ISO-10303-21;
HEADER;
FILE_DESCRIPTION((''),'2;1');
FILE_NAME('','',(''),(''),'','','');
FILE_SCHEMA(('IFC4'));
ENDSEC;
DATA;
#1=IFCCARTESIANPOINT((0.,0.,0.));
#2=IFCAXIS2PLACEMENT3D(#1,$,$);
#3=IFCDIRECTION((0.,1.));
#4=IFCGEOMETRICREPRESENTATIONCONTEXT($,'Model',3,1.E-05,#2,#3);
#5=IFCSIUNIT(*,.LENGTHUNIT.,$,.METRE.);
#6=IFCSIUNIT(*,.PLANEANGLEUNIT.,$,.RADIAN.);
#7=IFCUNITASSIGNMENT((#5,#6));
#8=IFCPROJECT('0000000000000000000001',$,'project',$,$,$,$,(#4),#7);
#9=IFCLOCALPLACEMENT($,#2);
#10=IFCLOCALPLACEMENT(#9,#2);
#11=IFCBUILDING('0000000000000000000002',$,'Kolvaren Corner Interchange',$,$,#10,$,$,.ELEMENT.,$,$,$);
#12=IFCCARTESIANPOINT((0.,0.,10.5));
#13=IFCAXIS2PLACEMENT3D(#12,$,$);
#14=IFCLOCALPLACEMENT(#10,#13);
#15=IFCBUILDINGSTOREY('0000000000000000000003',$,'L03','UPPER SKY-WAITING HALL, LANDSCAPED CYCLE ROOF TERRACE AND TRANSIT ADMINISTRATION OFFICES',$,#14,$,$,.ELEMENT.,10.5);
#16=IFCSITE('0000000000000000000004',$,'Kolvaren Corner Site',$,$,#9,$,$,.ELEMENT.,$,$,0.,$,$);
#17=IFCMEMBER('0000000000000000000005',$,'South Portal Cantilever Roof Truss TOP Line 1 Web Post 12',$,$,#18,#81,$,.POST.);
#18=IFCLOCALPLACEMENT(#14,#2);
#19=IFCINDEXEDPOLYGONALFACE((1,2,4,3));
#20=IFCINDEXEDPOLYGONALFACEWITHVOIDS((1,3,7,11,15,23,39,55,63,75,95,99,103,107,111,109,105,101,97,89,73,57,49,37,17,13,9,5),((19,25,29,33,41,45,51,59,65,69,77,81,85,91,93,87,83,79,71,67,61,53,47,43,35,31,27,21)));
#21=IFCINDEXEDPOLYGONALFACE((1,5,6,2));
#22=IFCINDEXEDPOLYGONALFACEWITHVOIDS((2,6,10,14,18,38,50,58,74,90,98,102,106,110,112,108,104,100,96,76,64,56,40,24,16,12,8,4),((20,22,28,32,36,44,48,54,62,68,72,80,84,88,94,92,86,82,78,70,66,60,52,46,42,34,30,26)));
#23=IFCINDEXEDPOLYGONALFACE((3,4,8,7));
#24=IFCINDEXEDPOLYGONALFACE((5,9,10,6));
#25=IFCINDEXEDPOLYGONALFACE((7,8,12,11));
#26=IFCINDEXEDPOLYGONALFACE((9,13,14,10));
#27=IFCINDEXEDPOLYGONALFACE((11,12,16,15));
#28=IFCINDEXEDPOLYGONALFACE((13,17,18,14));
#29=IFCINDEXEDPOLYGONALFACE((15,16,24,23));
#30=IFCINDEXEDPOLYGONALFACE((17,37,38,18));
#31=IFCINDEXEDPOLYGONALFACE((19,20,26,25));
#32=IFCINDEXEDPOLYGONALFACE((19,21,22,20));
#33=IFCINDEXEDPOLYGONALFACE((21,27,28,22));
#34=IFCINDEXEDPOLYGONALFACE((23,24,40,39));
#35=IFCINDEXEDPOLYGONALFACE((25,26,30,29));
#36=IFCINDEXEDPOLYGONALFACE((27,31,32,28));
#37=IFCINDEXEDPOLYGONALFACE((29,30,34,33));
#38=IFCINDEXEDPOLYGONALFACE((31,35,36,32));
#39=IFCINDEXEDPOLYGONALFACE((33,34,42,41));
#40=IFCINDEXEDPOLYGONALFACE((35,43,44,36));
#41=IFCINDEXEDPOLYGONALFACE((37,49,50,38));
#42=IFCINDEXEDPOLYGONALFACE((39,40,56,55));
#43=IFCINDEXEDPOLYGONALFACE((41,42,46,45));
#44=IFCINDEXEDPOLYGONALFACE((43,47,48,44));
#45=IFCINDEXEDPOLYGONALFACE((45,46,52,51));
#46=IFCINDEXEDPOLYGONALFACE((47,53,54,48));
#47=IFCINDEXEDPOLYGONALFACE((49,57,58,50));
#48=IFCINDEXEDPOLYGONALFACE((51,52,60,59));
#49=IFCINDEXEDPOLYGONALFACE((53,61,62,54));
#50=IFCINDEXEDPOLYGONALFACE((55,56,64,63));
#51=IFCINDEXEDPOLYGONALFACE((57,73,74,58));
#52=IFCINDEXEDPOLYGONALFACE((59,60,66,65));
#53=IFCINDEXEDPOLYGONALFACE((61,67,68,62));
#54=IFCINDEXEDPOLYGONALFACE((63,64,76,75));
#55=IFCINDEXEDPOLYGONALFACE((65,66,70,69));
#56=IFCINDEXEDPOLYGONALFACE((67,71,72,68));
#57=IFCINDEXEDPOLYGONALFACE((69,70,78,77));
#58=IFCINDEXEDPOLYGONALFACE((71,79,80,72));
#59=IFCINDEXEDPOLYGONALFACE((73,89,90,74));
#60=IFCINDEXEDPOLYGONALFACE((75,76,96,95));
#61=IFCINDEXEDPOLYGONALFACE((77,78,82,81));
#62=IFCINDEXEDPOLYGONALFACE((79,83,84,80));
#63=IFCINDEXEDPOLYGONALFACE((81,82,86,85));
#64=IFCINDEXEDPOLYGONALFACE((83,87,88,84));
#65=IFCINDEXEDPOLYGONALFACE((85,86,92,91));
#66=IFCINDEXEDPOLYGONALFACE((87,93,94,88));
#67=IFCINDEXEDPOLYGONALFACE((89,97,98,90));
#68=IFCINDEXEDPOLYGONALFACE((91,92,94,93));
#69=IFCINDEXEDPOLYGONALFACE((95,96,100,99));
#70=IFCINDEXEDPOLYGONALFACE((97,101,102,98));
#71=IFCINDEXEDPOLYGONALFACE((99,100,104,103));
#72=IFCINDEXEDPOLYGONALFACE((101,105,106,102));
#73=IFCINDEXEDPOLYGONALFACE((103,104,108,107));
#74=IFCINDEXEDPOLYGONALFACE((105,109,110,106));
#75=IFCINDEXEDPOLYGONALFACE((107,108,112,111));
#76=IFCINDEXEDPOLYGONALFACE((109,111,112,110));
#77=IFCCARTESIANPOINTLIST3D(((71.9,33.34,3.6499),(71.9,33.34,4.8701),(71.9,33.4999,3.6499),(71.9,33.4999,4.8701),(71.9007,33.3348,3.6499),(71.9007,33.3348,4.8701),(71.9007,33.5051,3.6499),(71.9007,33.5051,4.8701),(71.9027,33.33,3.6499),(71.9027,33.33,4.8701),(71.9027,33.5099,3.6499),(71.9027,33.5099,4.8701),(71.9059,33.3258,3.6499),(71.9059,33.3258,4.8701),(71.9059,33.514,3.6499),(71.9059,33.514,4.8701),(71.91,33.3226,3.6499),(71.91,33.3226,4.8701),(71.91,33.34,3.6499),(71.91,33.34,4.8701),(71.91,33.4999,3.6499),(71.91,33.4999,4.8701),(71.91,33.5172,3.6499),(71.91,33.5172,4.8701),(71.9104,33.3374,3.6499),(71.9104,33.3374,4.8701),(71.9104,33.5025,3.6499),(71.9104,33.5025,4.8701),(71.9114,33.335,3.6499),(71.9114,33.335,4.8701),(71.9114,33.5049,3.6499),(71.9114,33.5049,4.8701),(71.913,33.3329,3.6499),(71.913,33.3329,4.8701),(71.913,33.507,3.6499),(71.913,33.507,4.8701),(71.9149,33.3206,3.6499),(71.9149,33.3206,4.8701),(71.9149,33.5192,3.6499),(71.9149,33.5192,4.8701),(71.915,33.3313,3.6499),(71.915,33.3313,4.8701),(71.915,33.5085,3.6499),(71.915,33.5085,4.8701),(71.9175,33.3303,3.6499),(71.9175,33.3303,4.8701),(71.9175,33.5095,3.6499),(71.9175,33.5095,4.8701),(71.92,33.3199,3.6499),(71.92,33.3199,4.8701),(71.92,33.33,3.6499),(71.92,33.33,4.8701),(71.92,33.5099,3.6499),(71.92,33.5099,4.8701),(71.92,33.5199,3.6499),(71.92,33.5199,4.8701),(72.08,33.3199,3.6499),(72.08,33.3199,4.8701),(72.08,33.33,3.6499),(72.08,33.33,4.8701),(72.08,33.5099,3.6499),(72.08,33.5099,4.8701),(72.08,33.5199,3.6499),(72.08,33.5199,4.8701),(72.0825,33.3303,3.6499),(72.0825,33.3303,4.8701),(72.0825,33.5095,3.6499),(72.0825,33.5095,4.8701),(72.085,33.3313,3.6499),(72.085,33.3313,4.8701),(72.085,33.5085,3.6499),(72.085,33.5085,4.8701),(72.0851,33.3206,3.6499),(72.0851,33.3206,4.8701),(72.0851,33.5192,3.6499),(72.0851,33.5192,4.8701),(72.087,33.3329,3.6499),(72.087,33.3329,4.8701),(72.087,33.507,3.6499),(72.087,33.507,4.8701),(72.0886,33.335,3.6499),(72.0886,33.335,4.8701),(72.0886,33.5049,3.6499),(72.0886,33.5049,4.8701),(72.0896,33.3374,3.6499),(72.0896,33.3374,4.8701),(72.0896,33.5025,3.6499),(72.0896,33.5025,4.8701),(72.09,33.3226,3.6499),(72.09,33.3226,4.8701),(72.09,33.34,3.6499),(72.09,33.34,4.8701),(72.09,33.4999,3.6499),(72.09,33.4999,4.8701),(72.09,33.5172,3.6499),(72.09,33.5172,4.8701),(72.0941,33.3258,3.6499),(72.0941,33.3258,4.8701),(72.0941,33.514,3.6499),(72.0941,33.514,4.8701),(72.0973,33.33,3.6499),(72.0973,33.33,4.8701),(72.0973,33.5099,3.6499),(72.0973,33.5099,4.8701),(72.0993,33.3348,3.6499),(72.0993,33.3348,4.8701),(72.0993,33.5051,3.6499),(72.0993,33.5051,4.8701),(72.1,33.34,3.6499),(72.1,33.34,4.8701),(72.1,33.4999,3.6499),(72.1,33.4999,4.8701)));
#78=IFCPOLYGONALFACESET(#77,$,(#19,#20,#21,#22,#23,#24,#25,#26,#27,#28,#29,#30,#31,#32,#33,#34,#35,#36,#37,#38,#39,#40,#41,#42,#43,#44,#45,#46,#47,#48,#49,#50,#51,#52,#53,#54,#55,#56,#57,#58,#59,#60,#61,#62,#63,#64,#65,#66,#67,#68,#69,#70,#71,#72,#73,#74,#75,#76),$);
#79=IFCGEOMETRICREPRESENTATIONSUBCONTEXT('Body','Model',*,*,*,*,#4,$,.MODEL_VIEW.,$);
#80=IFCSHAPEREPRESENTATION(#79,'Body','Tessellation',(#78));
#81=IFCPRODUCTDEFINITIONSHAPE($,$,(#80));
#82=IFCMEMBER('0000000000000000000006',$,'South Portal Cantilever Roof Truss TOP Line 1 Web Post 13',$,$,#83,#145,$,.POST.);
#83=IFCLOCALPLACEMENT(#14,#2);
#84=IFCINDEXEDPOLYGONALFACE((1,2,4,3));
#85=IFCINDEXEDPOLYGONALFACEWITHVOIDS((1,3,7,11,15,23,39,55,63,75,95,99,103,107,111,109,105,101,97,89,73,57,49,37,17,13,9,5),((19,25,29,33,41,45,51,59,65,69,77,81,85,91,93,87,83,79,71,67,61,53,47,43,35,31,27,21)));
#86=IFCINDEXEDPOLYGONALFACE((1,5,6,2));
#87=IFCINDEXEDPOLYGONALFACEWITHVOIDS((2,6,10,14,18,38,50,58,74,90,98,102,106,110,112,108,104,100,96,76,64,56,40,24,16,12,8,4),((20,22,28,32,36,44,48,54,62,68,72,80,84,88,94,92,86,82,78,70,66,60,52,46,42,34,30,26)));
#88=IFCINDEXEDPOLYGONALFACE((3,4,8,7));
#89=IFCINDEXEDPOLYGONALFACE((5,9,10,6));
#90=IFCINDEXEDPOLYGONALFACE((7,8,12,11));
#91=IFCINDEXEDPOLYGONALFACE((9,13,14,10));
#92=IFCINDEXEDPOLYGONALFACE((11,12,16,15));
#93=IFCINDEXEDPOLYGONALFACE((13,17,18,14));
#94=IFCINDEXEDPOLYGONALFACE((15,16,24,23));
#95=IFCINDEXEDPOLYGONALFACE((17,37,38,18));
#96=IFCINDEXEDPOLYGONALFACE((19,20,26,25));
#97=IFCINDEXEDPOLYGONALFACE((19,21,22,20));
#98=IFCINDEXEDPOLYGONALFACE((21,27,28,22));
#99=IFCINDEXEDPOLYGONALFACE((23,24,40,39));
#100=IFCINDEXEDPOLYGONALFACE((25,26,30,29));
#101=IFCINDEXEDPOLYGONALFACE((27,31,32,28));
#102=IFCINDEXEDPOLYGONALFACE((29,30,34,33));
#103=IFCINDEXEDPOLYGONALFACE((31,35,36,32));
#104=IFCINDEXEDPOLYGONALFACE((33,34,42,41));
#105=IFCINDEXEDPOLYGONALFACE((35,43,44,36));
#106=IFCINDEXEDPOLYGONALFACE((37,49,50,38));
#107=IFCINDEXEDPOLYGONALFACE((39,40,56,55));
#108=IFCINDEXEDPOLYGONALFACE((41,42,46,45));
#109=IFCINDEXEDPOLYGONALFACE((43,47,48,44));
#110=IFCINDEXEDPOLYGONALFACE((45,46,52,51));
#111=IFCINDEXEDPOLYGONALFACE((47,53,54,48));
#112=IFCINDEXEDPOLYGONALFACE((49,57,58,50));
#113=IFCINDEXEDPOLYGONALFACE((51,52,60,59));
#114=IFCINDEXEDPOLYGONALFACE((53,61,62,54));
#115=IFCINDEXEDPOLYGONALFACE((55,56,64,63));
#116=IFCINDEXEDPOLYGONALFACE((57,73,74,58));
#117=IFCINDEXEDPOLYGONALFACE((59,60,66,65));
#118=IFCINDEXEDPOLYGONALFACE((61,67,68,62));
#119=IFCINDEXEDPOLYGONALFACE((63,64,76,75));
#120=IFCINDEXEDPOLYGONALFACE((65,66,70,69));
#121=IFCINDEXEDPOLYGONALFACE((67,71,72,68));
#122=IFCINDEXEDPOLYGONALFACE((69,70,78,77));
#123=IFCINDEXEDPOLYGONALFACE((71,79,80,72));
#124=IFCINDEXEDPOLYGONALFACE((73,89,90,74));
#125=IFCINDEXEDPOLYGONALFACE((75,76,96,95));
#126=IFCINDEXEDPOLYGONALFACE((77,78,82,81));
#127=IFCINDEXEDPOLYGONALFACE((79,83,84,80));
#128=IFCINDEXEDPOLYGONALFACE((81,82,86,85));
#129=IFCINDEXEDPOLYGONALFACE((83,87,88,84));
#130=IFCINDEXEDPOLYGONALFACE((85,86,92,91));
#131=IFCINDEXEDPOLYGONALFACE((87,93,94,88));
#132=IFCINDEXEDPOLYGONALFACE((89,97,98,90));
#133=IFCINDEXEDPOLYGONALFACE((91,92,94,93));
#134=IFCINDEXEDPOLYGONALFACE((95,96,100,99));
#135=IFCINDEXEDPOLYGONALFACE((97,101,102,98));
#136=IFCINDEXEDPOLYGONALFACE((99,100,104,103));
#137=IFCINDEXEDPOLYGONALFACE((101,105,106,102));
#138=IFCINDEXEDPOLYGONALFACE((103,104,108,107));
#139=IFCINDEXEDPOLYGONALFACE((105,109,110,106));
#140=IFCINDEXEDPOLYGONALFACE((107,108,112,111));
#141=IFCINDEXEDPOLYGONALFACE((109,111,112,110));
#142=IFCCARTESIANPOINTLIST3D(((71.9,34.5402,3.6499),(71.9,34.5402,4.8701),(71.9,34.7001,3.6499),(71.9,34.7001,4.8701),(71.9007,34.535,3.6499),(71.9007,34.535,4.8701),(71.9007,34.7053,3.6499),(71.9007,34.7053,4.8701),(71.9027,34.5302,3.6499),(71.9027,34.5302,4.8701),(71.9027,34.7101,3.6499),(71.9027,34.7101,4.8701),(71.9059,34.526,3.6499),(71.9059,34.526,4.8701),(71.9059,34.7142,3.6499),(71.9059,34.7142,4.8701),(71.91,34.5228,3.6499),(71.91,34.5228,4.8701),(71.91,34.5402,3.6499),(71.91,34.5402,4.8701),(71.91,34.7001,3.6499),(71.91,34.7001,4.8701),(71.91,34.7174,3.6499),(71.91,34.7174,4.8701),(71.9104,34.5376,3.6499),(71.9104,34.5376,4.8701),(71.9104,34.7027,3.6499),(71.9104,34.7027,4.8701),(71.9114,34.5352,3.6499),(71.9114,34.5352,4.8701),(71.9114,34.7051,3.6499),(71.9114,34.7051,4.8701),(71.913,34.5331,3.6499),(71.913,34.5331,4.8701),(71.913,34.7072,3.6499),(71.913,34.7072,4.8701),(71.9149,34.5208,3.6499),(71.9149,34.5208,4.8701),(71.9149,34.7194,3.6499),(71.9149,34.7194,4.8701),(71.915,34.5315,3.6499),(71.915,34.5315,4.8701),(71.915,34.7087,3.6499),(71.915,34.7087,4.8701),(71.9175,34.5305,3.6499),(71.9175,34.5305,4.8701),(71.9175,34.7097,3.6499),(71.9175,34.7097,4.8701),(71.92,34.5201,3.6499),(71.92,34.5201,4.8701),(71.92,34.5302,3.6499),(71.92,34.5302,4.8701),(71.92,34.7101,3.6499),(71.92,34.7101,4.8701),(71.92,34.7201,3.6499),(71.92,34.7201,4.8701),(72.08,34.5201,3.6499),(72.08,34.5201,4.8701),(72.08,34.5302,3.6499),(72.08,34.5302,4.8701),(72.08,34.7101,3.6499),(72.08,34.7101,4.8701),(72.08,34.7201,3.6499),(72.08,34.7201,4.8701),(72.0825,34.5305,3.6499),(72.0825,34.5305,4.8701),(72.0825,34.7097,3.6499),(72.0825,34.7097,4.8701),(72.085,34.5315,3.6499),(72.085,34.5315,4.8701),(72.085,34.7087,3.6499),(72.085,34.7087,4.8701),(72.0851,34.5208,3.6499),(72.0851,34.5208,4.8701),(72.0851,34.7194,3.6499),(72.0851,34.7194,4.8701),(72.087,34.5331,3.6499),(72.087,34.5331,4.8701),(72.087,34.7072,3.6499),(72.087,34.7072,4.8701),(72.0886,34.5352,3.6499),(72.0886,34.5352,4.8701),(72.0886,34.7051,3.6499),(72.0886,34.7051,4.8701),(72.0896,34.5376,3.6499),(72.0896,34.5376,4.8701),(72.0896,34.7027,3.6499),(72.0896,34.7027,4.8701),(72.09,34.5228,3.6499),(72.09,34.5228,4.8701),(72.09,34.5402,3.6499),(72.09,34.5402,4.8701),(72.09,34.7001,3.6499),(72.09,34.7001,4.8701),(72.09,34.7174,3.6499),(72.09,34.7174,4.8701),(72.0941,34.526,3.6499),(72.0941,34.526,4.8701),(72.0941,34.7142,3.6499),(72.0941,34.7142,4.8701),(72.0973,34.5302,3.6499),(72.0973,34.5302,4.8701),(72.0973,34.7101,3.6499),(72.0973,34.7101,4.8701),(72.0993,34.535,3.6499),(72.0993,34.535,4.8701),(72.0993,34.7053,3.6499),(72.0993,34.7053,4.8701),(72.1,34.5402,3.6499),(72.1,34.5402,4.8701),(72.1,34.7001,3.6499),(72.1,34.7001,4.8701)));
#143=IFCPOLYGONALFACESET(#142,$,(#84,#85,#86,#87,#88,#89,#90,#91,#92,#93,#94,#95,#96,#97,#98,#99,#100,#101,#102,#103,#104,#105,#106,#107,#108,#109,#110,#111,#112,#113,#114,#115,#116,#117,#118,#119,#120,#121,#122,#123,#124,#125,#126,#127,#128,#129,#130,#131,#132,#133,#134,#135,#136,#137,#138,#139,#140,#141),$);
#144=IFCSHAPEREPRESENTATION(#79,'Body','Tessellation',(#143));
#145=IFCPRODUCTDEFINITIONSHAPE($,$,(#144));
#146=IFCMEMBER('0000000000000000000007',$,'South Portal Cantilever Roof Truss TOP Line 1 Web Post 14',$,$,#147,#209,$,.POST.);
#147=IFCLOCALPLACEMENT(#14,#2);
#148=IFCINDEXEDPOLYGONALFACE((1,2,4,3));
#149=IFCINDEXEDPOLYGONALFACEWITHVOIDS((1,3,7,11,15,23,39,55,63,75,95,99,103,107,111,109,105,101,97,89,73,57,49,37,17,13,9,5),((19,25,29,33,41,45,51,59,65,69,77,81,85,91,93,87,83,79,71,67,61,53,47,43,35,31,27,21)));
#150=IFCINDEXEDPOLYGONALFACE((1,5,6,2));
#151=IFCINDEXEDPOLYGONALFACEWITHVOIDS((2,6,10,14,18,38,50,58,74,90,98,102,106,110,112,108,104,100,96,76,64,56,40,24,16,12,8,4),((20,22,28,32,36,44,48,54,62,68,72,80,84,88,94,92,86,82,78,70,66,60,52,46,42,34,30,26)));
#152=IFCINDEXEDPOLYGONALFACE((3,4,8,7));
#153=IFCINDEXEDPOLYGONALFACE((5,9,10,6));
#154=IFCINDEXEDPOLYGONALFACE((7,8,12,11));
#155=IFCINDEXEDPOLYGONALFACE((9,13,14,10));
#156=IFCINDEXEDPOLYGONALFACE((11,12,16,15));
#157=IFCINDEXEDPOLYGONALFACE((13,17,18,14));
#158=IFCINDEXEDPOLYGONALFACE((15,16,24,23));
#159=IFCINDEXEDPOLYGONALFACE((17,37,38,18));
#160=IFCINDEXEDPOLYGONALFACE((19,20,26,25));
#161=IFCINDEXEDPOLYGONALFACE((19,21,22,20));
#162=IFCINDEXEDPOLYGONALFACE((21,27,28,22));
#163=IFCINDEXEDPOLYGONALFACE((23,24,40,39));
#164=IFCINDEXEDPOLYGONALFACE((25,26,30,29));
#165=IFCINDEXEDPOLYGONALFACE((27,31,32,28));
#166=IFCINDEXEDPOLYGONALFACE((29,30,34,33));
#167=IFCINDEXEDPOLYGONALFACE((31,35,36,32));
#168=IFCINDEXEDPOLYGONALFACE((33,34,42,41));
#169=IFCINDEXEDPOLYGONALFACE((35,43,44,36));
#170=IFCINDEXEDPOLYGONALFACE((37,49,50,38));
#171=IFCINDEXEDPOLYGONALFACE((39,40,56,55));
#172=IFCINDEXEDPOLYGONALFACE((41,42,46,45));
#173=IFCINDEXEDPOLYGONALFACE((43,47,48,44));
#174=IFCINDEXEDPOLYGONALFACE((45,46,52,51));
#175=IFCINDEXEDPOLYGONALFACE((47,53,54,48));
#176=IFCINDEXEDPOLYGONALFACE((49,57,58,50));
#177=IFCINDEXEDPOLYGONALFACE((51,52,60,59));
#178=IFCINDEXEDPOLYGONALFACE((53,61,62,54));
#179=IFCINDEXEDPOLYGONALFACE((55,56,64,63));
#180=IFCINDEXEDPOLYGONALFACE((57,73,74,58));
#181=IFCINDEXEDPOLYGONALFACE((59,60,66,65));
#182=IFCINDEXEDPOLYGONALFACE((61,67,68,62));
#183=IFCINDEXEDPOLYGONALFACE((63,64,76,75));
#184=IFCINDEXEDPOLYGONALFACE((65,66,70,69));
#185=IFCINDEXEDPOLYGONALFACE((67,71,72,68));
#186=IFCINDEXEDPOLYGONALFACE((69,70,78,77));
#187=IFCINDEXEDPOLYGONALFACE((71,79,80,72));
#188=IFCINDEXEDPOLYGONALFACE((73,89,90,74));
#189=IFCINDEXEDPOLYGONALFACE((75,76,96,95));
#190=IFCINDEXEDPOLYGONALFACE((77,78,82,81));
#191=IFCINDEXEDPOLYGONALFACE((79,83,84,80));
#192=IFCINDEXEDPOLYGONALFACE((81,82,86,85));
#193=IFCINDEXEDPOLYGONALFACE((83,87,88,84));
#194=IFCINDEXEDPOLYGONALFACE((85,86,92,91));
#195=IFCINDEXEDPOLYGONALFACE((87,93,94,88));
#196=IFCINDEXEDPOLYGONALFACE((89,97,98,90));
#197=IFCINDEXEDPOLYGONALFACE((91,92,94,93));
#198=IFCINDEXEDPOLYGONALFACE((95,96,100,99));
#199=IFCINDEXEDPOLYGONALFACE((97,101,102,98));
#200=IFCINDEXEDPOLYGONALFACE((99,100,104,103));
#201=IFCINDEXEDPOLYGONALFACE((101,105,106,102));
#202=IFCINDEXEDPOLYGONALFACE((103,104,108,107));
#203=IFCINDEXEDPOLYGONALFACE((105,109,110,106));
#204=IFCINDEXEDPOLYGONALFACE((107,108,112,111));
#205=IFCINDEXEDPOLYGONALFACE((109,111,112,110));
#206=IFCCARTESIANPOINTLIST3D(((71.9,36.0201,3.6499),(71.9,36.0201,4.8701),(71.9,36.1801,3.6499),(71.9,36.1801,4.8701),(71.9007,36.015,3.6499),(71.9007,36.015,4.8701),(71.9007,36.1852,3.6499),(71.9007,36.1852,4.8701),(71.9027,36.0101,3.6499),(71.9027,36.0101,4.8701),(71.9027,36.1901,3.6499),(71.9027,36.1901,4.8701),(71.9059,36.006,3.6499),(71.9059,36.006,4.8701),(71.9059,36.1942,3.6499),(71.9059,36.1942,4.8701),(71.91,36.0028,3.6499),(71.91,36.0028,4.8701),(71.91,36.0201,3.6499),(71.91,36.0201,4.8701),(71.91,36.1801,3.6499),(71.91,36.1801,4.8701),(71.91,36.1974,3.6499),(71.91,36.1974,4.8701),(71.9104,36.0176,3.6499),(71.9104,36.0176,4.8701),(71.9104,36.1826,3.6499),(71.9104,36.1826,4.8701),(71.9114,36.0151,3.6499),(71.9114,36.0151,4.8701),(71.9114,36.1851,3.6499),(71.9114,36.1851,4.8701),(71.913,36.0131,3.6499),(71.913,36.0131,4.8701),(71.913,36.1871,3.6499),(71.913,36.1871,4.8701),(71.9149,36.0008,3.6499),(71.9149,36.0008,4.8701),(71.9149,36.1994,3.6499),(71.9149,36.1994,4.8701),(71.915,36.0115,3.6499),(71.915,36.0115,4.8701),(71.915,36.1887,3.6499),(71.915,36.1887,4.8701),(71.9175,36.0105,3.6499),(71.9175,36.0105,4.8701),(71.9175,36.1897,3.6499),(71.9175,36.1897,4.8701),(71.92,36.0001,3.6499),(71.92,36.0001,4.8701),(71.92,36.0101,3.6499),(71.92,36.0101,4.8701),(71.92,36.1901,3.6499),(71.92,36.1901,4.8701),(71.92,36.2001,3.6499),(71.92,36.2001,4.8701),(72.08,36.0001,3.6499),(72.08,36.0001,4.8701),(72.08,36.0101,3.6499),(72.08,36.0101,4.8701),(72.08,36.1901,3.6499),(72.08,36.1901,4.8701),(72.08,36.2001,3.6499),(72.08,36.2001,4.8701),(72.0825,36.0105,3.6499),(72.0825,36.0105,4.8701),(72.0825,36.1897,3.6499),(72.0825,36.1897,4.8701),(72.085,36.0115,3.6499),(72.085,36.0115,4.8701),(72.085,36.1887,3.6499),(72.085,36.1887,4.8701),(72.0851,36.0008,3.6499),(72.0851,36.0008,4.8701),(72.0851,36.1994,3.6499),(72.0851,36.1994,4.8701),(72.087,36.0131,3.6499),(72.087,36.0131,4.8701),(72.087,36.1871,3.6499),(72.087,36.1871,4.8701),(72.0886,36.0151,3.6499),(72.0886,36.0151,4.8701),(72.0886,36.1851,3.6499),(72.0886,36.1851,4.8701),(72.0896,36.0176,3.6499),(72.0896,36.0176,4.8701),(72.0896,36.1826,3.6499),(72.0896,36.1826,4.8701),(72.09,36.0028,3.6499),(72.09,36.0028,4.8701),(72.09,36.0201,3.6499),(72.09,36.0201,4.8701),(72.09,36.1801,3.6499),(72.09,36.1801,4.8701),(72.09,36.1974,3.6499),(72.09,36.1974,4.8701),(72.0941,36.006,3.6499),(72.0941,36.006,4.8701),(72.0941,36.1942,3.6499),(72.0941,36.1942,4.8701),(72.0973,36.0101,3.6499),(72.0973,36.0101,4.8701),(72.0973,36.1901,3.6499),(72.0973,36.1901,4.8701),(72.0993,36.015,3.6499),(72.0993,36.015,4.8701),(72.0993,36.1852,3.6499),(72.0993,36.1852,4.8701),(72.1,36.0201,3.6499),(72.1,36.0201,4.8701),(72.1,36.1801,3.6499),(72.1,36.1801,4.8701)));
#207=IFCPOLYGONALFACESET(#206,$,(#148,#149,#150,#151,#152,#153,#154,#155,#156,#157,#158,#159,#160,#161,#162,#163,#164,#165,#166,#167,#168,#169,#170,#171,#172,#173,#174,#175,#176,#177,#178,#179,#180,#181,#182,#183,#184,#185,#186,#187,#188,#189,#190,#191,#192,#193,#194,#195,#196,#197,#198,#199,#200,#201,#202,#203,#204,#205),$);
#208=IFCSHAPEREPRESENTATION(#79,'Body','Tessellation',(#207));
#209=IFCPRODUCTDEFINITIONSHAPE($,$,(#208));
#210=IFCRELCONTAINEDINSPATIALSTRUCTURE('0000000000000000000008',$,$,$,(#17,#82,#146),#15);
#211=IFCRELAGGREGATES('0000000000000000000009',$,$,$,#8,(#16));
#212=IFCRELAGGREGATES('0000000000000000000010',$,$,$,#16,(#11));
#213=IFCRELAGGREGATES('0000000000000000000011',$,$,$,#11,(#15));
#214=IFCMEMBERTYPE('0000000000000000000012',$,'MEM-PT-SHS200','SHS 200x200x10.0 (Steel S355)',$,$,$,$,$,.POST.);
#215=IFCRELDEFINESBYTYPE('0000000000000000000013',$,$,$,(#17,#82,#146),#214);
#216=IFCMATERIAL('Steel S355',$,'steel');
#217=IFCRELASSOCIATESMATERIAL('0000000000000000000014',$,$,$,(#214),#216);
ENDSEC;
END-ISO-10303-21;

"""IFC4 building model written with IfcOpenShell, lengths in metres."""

from ifc_helpers import new_model, si_unit, direction, frame, origin, origin_2d, place, context, subcontext, project, spatial, hollow_rectangle, extrude, material, material_profile, profile_set, type_object, element, save


model = new_model("IFC4")

# Units and contexts
model_context = context("Model", 3, precision=1e-05, world=origin(), true_north=direction((0.0, 1.0)))
body_context = subcontext(model_context, "Body", "Model", "MODEL_VIEW")
ifc_project = project(units=[si_unit("LENGTHUNIT", "METRE"), si_unit("PLANEANGLEUNIT", "RADIAN")], contexts=[model_context])

# Site, building, storey
site_placement = place(None, origin())
site = spatial("IfcSite", under=ifc_project, at=site_placement, Name="Kolvaren Corner Site", CompositionType="ELEMENT", RefElevation=0.0)
building_placement = place(site_placement, origin())
building = spatial("IfcBuilding", under=site, at=building_placement, Name="Kolvaren Corner Interchange", CompositionType="ELEMENT")
storey_placement = place(building_placement, frame((0.0, 0.0, 10.5)))
storey = spatial("IfcBuildingStorey", under=building, at=storey_placement, Name="L03", Description="UPPER SKY-WAITING HALL, LANDSCAPED CYCLE ROOF TERRACE AND TRANSIT ADMINISTRATION OFFICES", CompositionType="ELEMENT", Elevation=10.5)

# Members
ifc_material_1 = material(Name="Steel S355", Category="steel")
ifc_material_profile_1 = material_profile(ifc_material_1, hollow_rectangle(XDim=0.2, YDim=0.2, WallThickness=0.01, InnerFilletRadius=0.01, OuterFilletRadius=0.02, at=origin_2d()), Name="SHS 200x200x10.0")
ifc_profile_set_1 = profile_set([ifc_material_profile_1], Name="Steel S355")
member_type_1 = type_object("IfcMemberType", Name="MEM-PT-SHS200", Description="SHS 200x200x10.0 (Steel S355)", PredefinedType="POST", material=ifc_profile_set_1)
for number, where, z_axis, x_axis, name in (
    (1, (72.0, 33.4199, 3.6499), (0.0, 0.0, 1.0), (1.0, 0.0, 0.0), "South Portal Cantilever Roof Truss TOP Line 1 Web Post 12"),
    (2, (72.0, 34.6201, 3.6499), (0.0, 0.0, 1.0), (1.0, 0.0, 0.0), "South Portal Cantilever Roof Truss TOP Line 1 Web Post 13"),
    (3, (72.0, 36.1001, 3.6499), (0.0, 0.0, 1.0), (1.0, 0.0, 0.0), "South Portal Cantilever Roof Truss TOP Line 1 Web Post 14"),
):
    element("IfcMember", number, at=place(storey_placement, frame(where, z_axis=z_axis, x_axis=x_axis)), inside=storey, type_object=member_type_1, Name=name, PredefinedType="POST", context=body_context, shape_type="SweptSolid", body=[
        extrude(hollow_rectangle(XDim=0.2, YDim=0.2, WallThickness=0.01, InnerFilletRadius=0.01, OuterFilletRadius=0.02, at=origin_2d()), origin(), (0.0, 0.0, 1.0), 1.2202),
    ])

save(model, "model.ifc")
